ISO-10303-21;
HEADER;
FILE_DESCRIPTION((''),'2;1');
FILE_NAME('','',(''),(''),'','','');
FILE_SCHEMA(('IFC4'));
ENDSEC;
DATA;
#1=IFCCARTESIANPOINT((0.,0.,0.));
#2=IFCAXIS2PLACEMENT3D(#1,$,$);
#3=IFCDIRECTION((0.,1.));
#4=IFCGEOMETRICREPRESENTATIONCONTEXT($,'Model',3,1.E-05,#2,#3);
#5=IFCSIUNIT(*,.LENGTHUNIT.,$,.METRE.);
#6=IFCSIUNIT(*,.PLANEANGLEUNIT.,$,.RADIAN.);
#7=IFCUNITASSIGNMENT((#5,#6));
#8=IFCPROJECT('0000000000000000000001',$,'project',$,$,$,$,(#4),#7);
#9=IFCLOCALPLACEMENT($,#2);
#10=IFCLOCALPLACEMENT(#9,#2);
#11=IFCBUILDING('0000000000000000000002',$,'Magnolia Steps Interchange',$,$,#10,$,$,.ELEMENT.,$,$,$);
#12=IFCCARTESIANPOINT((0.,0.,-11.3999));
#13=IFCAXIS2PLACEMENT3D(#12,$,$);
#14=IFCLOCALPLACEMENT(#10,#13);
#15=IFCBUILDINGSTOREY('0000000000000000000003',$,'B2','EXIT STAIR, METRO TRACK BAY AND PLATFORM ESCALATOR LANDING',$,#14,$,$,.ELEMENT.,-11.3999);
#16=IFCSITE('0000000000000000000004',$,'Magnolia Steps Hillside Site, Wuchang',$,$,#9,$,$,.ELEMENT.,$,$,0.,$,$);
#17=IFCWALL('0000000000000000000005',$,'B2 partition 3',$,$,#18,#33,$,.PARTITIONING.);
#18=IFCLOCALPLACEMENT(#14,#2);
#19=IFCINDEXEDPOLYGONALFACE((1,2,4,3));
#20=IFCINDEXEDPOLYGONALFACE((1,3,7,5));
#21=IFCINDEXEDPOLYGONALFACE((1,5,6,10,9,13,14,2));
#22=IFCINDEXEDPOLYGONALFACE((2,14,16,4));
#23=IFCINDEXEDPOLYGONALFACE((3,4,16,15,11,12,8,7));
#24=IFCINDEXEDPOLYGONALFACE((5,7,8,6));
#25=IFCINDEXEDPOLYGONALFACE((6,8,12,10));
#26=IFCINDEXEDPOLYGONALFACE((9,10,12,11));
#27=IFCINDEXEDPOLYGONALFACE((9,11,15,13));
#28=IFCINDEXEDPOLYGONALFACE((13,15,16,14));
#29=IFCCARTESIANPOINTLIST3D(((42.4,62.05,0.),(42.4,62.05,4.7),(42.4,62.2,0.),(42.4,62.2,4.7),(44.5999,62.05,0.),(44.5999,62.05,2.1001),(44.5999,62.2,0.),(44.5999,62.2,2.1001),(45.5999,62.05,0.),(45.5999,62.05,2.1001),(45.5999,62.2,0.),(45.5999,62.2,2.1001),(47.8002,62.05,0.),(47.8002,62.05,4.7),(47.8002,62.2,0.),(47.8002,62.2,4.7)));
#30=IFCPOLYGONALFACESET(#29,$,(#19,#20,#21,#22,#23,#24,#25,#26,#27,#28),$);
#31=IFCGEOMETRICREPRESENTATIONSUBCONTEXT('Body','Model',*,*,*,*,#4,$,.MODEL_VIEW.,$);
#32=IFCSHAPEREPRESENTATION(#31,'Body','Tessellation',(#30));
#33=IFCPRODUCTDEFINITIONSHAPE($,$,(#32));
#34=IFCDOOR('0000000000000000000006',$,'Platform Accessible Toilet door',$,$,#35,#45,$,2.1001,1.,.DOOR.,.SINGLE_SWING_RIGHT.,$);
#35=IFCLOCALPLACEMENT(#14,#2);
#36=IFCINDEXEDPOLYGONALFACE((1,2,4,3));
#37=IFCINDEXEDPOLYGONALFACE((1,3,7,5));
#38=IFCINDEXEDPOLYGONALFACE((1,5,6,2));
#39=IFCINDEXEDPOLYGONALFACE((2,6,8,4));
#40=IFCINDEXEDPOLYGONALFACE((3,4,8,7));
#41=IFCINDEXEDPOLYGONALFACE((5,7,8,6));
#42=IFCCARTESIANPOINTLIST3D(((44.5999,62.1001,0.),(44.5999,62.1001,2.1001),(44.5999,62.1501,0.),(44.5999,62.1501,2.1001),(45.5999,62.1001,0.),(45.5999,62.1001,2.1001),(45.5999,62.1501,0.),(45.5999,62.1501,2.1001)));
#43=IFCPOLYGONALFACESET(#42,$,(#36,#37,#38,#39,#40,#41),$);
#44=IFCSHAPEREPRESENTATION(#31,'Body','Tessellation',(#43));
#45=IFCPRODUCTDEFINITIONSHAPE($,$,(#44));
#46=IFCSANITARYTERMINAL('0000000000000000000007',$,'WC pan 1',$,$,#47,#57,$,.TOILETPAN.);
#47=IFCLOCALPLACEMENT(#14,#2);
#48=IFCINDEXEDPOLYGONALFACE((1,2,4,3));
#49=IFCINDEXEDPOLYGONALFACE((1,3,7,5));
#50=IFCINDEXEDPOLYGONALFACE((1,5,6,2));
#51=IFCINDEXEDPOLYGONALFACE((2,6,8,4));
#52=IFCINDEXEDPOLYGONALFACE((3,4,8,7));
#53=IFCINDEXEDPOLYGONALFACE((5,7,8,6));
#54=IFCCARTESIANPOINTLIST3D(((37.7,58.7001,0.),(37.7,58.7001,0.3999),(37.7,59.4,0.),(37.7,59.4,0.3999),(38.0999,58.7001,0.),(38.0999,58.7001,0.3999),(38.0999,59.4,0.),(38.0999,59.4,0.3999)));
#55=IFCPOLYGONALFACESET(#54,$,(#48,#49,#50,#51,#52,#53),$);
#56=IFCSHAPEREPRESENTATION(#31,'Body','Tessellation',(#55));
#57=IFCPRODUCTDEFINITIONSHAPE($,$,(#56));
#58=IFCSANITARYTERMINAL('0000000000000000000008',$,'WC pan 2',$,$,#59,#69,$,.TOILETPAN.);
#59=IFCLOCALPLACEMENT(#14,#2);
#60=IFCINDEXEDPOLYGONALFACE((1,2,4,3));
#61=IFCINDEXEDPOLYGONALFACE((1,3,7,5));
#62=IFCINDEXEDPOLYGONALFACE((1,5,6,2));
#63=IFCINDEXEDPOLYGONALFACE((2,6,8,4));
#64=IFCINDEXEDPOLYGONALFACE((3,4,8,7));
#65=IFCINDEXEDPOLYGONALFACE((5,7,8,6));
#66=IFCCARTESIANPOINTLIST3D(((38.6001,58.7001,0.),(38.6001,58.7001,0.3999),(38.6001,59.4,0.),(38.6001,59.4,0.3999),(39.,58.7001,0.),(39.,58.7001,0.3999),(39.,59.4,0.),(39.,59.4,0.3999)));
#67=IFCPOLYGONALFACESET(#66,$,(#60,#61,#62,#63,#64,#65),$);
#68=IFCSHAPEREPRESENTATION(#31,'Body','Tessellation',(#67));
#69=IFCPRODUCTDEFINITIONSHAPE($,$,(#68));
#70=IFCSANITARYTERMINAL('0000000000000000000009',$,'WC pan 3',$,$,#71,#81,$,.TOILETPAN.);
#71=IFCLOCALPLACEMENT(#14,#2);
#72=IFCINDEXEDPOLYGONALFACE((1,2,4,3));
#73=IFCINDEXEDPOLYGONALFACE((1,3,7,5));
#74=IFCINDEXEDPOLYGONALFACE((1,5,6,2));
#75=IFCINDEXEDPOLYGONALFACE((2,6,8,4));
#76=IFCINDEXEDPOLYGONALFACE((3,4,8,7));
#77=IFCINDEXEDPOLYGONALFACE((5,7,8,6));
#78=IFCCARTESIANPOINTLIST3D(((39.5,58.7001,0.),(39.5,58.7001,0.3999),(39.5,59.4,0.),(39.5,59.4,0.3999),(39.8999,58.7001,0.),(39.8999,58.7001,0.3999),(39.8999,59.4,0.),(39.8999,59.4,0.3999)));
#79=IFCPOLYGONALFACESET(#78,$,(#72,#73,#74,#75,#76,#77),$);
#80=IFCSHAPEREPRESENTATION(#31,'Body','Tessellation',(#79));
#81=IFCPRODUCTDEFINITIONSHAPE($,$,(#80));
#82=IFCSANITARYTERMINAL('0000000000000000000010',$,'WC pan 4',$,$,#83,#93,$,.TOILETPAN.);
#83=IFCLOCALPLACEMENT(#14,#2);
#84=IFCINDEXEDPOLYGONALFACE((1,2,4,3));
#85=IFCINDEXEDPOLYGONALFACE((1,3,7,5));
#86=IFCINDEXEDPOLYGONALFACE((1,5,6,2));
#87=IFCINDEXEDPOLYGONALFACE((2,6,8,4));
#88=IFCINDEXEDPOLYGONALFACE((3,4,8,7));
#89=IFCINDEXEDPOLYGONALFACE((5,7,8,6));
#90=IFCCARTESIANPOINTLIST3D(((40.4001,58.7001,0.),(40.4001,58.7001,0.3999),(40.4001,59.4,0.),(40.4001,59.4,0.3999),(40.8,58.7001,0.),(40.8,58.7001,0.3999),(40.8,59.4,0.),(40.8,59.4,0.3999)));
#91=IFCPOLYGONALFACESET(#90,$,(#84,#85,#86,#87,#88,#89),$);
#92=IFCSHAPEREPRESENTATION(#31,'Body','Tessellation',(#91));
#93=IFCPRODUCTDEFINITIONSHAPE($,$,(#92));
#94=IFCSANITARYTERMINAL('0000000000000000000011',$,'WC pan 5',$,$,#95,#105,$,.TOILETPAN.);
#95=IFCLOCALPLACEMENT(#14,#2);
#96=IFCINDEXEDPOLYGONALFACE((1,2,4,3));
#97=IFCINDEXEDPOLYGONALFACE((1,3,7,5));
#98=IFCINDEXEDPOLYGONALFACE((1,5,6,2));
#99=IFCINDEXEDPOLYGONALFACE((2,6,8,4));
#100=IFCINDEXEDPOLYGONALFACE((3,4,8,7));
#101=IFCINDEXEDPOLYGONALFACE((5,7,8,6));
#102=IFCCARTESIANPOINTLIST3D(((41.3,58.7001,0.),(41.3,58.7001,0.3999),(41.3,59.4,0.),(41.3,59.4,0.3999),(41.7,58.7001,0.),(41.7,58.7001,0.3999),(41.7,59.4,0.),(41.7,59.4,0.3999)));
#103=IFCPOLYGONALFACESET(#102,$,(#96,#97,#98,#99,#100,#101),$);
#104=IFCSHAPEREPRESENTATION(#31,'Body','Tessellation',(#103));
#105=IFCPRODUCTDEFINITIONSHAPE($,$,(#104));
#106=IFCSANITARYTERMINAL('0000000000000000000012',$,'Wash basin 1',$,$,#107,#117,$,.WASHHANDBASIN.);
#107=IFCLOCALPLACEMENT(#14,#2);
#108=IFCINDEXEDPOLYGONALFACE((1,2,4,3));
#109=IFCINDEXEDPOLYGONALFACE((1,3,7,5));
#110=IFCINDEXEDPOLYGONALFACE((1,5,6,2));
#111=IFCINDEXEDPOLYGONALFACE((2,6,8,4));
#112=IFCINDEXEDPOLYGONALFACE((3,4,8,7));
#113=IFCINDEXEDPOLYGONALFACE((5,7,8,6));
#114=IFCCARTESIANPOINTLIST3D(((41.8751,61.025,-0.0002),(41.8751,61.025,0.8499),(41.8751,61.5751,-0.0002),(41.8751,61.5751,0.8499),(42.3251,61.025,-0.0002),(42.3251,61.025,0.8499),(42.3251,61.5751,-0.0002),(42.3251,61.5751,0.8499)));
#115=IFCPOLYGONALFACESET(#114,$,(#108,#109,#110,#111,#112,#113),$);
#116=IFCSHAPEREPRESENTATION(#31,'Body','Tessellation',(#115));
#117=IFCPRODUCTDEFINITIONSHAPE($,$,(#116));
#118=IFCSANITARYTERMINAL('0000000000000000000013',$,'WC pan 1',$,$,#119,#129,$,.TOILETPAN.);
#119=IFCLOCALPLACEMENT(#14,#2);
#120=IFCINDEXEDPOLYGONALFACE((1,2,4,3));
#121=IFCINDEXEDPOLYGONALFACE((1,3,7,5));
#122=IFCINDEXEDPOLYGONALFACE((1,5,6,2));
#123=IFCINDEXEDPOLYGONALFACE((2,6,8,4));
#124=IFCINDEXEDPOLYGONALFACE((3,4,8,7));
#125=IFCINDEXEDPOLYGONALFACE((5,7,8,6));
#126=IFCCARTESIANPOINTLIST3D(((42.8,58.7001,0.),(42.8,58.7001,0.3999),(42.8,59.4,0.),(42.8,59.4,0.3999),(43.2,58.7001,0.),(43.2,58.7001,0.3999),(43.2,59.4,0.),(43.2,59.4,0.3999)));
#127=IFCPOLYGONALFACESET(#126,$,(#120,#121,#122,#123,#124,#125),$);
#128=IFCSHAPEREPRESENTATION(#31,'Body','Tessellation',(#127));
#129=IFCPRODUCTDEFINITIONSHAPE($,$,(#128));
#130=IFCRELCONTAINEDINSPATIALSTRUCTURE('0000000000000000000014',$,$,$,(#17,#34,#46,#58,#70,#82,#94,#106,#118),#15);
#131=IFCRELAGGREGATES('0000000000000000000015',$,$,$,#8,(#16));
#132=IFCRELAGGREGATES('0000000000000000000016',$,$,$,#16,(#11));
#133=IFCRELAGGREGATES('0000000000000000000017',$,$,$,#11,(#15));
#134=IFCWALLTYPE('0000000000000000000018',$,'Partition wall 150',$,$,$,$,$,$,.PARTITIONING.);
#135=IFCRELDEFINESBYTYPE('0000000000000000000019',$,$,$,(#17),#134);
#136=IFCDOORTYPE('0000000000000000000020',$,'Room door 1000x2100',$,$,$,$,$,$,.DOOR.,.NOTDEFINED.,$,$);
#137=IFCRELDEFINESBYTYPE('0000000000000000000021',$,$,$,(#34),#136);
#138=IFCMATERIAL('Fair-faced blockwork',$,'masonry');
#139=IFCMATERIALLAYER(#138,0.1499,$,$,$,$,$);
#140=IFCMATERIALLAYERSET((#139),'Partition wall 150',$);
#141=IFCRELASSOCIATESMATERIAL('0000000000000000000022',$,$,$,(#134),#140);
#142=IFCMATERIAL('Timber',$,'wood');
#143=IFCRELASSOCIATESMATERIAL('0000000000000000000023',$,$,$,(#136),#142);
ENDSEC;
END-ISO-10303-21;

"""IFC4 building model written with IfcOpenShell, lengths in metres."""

from ifc_helpers import new_model, si_unit, direction, frame, frame_2d, origin, origin_2d, place, context, subcontext, project, spatial, rectangle, extrude, material, layer, layer_set, type_object, element, fill, save


model = new_model("IFC4")

# Units and contexts
model_context = context("Model", 3, precision=1e-05, world=origin(), true_north=direction((0.0, 1.0)))
body_context = subcontext(model_context, "Body", "Model", "MODEL_VIEW")
ifc_project = project(units=[si_unit("LENGTHUNIT", "METRE"), si_unit("PLANEANGLEUNIT", "RADIAN")], contexts=[model_context])

# Site, building, storey
site_placement = place(None, origin())
site = spatial("IfcSite", under=ifc_project, at=site_placement, Name="Magnolia Steps Hillside Site, Wuchang", CompositionType="ELEMENT", RefElevation=0.0)
building_placement = place(site_placement, origin())
building = spatial("IfcBuilding", under=site, at=building_placement, Name="Magnolia Steps Interchange", CompositionType="ELEMENT")
storey_placement = place(building_placement, frame((0.0, 0.0, -11.3999)))
storey = spatial("IfcBuildingStorey", under=building, at=storey_placement, Name="B2", Description="EXIT STAIR, METRO TRACK BAY AND PLATFORM ESCALATOR LANDING", CompositionType="ELEMENT", Elevation=-11.3999)

# Wall, opening, door
ifc_material_1 = material(Name="Fair-faced blockwork", Category="masonry")
ifc_layer = layer(ifc_material_1, 0.1499)
ifc_layer_set = layer_set([ifc_layer], Name="Partition wall 150")
wall_type = type_object("IfcWallType", Name="Partition wall 150", PredefinedType="PARTITIONING", material=ifc_layer_set)
ifc_material_2 = material(Name="Timber", Category="wood")
door_type = type_object("IfcDoorType", Name="Room door 1000x2100", OperationType="NOTDEFINED", PredefinedType="DOOR", material=ifc_material_2)
wall_1_placement = place(storey_placement, frame((42.3999, 62.125, 0.0), z_axis=(0.0, 0.0, 1.0), x_axis=(1.0, 0.0, 0.0)))
wall_1 = element("IfcWall", 1, at=wall_1_placement, inside=storey, type_object=wall_type, Name="B2 partition 3", PredefinedType="PARTITIONING", context=body_context, shape_type="SweptSolid", body=[
    extrude(rectangle(XDim=5.4001, YDim=0.1499, at=frame_2d((2.7002, 0.0))), origin(), (0.0, 0.0, 1.0), 4.7),
])
opening_1_placement = place(wall_1_placement, frame((2.2, 0.0, 0.0)))
opening_1 = element("IfcOpeningElement", 2, at=opening_1_placement, cuts=wall_1, PredefinedType="OPENING", context=body_context, shape_type="SweptSolid", body=[
    extrude(rectangle(XDim=1.0, YDim=2.1001, at=frame_2d((0.5, 1.05))), frame((0.0, 0.085, 0.0), z_axis=(0.0, -1.0, 0.0), x_axis=(1.0, 0.0, 0.0)), (0.0, 0.0, 1.0), 0.1699),
])
door_1_placement = place(opening_1_placement, frame((1.0, 0.0, 0.0), z_axis=(0.0, 0.0, 1.0), x_axis=(-1.0, 0.0, 0.0)))
door_1 = element("IfcDoor", 3, at=door_1_placement, inside=storey, type_object=door_type, Name="Platform Accessible Toilet door", OperationType="SINGLE_SWING_RIGHT", OverallHeight=2.1001, OverallWidth=1.0, PredefinedType="DOOR", context=body_context, shape_type="SweptSolid", body=[
    extrude(rectangle(XDim=1.0, YDim=2.1001, at=frame_2d((0.5, 1.05))), frame((0.0, 0.0249, 0.0), z_axis=(0.0, -1.0, 0.0), x_axis=(1.0, 0.0, 0.0)), (0.0, 0.0, 1.0), 0.05),
])
fill(opening_1, door_1)

# Sanitary terminals
for number, where, z_axis, x_axis, name in (
    (4, (37.8999, 59.05, 0.0), (0.0, 0.0, 1.0), (1.0, 0.0, 0.0), "WC pan 1"),
    (5, (38.8, 59.05, 0.0), (0.0, 0.0, 1.0), (1.0, 0.0, 0.0), "WC pan 2"),
    (6, (39.7, 59.05, 0.0), (0.0, 0.0, 1.0), (1.0, 0.0, 0.0), "WC pan 3"),
    (7, (40.6001, 59.05, 0.0), (0.0, 0.0, 1.0), (1.0, 0.0, 0.0), "WC pan 4"),
    (8, (41.5, 59.05, 0.0), (0.0, 0.0, 1.0), (1.0, 0.0, 0.0), "WC pan 5"),
):
    element("IfcSanitaryTerminal", number, at=place(storey_placement, frame(where, z_axis=z_axis, x_axis=x_axis)), inside=storey, Name=name, PredefinedType="TOILETPAN", context=body_context, shape_type="SweptSolid", body=[
        extrude(rectangle(XDim=0.3999, YDim=0.7, at=origin_2d()), origin(), (0.0, 0.0, 1.0), 0.3999),
    ])
sanitary_terminal_1_placement = place(storey_placement, frame((42.1001, 61.3, -0.0002), z_axis=(0.0, 0.0, 1.0), x_axis=(1.0, 0.0, 0.0)))
element("IfcSanitaryTerminal", 9, at=sanitary_terminal_1_placement, inside=storey, Name="Wash basin 1", PredefinedType="WASHHANDBASIN", context=body_context, shape_type="SweptSolid", body=[
    extrude(rectangle(XDim=0.45, YDim=0.55, at=origin_2d()), origin(), (0.0, 0.0, 1.0), 0.8501),
])
sanitary_terminal_2_placement = place(storey_placement, frame((43.0, 59.05, 0.0), z_axis=(0.0, 0.0, 1.0), x_axis=(1.0, 0.0, 0.0)))
element("IfcSanitaryTerminal", 10, at=sanitary_terminal_2_placement, inside=storey, Name="WC pan 1", PredefinedType="TOILETPAN", context=body_context, shape_type="SweptSolid", body=[
    extrude(rectangle(XDim=0.3999, YDim=0.7, at=origin_2d()), origin(), (0.0, 0.0, 1.0), 0.3999),
])

save(model, "model.ifc")
